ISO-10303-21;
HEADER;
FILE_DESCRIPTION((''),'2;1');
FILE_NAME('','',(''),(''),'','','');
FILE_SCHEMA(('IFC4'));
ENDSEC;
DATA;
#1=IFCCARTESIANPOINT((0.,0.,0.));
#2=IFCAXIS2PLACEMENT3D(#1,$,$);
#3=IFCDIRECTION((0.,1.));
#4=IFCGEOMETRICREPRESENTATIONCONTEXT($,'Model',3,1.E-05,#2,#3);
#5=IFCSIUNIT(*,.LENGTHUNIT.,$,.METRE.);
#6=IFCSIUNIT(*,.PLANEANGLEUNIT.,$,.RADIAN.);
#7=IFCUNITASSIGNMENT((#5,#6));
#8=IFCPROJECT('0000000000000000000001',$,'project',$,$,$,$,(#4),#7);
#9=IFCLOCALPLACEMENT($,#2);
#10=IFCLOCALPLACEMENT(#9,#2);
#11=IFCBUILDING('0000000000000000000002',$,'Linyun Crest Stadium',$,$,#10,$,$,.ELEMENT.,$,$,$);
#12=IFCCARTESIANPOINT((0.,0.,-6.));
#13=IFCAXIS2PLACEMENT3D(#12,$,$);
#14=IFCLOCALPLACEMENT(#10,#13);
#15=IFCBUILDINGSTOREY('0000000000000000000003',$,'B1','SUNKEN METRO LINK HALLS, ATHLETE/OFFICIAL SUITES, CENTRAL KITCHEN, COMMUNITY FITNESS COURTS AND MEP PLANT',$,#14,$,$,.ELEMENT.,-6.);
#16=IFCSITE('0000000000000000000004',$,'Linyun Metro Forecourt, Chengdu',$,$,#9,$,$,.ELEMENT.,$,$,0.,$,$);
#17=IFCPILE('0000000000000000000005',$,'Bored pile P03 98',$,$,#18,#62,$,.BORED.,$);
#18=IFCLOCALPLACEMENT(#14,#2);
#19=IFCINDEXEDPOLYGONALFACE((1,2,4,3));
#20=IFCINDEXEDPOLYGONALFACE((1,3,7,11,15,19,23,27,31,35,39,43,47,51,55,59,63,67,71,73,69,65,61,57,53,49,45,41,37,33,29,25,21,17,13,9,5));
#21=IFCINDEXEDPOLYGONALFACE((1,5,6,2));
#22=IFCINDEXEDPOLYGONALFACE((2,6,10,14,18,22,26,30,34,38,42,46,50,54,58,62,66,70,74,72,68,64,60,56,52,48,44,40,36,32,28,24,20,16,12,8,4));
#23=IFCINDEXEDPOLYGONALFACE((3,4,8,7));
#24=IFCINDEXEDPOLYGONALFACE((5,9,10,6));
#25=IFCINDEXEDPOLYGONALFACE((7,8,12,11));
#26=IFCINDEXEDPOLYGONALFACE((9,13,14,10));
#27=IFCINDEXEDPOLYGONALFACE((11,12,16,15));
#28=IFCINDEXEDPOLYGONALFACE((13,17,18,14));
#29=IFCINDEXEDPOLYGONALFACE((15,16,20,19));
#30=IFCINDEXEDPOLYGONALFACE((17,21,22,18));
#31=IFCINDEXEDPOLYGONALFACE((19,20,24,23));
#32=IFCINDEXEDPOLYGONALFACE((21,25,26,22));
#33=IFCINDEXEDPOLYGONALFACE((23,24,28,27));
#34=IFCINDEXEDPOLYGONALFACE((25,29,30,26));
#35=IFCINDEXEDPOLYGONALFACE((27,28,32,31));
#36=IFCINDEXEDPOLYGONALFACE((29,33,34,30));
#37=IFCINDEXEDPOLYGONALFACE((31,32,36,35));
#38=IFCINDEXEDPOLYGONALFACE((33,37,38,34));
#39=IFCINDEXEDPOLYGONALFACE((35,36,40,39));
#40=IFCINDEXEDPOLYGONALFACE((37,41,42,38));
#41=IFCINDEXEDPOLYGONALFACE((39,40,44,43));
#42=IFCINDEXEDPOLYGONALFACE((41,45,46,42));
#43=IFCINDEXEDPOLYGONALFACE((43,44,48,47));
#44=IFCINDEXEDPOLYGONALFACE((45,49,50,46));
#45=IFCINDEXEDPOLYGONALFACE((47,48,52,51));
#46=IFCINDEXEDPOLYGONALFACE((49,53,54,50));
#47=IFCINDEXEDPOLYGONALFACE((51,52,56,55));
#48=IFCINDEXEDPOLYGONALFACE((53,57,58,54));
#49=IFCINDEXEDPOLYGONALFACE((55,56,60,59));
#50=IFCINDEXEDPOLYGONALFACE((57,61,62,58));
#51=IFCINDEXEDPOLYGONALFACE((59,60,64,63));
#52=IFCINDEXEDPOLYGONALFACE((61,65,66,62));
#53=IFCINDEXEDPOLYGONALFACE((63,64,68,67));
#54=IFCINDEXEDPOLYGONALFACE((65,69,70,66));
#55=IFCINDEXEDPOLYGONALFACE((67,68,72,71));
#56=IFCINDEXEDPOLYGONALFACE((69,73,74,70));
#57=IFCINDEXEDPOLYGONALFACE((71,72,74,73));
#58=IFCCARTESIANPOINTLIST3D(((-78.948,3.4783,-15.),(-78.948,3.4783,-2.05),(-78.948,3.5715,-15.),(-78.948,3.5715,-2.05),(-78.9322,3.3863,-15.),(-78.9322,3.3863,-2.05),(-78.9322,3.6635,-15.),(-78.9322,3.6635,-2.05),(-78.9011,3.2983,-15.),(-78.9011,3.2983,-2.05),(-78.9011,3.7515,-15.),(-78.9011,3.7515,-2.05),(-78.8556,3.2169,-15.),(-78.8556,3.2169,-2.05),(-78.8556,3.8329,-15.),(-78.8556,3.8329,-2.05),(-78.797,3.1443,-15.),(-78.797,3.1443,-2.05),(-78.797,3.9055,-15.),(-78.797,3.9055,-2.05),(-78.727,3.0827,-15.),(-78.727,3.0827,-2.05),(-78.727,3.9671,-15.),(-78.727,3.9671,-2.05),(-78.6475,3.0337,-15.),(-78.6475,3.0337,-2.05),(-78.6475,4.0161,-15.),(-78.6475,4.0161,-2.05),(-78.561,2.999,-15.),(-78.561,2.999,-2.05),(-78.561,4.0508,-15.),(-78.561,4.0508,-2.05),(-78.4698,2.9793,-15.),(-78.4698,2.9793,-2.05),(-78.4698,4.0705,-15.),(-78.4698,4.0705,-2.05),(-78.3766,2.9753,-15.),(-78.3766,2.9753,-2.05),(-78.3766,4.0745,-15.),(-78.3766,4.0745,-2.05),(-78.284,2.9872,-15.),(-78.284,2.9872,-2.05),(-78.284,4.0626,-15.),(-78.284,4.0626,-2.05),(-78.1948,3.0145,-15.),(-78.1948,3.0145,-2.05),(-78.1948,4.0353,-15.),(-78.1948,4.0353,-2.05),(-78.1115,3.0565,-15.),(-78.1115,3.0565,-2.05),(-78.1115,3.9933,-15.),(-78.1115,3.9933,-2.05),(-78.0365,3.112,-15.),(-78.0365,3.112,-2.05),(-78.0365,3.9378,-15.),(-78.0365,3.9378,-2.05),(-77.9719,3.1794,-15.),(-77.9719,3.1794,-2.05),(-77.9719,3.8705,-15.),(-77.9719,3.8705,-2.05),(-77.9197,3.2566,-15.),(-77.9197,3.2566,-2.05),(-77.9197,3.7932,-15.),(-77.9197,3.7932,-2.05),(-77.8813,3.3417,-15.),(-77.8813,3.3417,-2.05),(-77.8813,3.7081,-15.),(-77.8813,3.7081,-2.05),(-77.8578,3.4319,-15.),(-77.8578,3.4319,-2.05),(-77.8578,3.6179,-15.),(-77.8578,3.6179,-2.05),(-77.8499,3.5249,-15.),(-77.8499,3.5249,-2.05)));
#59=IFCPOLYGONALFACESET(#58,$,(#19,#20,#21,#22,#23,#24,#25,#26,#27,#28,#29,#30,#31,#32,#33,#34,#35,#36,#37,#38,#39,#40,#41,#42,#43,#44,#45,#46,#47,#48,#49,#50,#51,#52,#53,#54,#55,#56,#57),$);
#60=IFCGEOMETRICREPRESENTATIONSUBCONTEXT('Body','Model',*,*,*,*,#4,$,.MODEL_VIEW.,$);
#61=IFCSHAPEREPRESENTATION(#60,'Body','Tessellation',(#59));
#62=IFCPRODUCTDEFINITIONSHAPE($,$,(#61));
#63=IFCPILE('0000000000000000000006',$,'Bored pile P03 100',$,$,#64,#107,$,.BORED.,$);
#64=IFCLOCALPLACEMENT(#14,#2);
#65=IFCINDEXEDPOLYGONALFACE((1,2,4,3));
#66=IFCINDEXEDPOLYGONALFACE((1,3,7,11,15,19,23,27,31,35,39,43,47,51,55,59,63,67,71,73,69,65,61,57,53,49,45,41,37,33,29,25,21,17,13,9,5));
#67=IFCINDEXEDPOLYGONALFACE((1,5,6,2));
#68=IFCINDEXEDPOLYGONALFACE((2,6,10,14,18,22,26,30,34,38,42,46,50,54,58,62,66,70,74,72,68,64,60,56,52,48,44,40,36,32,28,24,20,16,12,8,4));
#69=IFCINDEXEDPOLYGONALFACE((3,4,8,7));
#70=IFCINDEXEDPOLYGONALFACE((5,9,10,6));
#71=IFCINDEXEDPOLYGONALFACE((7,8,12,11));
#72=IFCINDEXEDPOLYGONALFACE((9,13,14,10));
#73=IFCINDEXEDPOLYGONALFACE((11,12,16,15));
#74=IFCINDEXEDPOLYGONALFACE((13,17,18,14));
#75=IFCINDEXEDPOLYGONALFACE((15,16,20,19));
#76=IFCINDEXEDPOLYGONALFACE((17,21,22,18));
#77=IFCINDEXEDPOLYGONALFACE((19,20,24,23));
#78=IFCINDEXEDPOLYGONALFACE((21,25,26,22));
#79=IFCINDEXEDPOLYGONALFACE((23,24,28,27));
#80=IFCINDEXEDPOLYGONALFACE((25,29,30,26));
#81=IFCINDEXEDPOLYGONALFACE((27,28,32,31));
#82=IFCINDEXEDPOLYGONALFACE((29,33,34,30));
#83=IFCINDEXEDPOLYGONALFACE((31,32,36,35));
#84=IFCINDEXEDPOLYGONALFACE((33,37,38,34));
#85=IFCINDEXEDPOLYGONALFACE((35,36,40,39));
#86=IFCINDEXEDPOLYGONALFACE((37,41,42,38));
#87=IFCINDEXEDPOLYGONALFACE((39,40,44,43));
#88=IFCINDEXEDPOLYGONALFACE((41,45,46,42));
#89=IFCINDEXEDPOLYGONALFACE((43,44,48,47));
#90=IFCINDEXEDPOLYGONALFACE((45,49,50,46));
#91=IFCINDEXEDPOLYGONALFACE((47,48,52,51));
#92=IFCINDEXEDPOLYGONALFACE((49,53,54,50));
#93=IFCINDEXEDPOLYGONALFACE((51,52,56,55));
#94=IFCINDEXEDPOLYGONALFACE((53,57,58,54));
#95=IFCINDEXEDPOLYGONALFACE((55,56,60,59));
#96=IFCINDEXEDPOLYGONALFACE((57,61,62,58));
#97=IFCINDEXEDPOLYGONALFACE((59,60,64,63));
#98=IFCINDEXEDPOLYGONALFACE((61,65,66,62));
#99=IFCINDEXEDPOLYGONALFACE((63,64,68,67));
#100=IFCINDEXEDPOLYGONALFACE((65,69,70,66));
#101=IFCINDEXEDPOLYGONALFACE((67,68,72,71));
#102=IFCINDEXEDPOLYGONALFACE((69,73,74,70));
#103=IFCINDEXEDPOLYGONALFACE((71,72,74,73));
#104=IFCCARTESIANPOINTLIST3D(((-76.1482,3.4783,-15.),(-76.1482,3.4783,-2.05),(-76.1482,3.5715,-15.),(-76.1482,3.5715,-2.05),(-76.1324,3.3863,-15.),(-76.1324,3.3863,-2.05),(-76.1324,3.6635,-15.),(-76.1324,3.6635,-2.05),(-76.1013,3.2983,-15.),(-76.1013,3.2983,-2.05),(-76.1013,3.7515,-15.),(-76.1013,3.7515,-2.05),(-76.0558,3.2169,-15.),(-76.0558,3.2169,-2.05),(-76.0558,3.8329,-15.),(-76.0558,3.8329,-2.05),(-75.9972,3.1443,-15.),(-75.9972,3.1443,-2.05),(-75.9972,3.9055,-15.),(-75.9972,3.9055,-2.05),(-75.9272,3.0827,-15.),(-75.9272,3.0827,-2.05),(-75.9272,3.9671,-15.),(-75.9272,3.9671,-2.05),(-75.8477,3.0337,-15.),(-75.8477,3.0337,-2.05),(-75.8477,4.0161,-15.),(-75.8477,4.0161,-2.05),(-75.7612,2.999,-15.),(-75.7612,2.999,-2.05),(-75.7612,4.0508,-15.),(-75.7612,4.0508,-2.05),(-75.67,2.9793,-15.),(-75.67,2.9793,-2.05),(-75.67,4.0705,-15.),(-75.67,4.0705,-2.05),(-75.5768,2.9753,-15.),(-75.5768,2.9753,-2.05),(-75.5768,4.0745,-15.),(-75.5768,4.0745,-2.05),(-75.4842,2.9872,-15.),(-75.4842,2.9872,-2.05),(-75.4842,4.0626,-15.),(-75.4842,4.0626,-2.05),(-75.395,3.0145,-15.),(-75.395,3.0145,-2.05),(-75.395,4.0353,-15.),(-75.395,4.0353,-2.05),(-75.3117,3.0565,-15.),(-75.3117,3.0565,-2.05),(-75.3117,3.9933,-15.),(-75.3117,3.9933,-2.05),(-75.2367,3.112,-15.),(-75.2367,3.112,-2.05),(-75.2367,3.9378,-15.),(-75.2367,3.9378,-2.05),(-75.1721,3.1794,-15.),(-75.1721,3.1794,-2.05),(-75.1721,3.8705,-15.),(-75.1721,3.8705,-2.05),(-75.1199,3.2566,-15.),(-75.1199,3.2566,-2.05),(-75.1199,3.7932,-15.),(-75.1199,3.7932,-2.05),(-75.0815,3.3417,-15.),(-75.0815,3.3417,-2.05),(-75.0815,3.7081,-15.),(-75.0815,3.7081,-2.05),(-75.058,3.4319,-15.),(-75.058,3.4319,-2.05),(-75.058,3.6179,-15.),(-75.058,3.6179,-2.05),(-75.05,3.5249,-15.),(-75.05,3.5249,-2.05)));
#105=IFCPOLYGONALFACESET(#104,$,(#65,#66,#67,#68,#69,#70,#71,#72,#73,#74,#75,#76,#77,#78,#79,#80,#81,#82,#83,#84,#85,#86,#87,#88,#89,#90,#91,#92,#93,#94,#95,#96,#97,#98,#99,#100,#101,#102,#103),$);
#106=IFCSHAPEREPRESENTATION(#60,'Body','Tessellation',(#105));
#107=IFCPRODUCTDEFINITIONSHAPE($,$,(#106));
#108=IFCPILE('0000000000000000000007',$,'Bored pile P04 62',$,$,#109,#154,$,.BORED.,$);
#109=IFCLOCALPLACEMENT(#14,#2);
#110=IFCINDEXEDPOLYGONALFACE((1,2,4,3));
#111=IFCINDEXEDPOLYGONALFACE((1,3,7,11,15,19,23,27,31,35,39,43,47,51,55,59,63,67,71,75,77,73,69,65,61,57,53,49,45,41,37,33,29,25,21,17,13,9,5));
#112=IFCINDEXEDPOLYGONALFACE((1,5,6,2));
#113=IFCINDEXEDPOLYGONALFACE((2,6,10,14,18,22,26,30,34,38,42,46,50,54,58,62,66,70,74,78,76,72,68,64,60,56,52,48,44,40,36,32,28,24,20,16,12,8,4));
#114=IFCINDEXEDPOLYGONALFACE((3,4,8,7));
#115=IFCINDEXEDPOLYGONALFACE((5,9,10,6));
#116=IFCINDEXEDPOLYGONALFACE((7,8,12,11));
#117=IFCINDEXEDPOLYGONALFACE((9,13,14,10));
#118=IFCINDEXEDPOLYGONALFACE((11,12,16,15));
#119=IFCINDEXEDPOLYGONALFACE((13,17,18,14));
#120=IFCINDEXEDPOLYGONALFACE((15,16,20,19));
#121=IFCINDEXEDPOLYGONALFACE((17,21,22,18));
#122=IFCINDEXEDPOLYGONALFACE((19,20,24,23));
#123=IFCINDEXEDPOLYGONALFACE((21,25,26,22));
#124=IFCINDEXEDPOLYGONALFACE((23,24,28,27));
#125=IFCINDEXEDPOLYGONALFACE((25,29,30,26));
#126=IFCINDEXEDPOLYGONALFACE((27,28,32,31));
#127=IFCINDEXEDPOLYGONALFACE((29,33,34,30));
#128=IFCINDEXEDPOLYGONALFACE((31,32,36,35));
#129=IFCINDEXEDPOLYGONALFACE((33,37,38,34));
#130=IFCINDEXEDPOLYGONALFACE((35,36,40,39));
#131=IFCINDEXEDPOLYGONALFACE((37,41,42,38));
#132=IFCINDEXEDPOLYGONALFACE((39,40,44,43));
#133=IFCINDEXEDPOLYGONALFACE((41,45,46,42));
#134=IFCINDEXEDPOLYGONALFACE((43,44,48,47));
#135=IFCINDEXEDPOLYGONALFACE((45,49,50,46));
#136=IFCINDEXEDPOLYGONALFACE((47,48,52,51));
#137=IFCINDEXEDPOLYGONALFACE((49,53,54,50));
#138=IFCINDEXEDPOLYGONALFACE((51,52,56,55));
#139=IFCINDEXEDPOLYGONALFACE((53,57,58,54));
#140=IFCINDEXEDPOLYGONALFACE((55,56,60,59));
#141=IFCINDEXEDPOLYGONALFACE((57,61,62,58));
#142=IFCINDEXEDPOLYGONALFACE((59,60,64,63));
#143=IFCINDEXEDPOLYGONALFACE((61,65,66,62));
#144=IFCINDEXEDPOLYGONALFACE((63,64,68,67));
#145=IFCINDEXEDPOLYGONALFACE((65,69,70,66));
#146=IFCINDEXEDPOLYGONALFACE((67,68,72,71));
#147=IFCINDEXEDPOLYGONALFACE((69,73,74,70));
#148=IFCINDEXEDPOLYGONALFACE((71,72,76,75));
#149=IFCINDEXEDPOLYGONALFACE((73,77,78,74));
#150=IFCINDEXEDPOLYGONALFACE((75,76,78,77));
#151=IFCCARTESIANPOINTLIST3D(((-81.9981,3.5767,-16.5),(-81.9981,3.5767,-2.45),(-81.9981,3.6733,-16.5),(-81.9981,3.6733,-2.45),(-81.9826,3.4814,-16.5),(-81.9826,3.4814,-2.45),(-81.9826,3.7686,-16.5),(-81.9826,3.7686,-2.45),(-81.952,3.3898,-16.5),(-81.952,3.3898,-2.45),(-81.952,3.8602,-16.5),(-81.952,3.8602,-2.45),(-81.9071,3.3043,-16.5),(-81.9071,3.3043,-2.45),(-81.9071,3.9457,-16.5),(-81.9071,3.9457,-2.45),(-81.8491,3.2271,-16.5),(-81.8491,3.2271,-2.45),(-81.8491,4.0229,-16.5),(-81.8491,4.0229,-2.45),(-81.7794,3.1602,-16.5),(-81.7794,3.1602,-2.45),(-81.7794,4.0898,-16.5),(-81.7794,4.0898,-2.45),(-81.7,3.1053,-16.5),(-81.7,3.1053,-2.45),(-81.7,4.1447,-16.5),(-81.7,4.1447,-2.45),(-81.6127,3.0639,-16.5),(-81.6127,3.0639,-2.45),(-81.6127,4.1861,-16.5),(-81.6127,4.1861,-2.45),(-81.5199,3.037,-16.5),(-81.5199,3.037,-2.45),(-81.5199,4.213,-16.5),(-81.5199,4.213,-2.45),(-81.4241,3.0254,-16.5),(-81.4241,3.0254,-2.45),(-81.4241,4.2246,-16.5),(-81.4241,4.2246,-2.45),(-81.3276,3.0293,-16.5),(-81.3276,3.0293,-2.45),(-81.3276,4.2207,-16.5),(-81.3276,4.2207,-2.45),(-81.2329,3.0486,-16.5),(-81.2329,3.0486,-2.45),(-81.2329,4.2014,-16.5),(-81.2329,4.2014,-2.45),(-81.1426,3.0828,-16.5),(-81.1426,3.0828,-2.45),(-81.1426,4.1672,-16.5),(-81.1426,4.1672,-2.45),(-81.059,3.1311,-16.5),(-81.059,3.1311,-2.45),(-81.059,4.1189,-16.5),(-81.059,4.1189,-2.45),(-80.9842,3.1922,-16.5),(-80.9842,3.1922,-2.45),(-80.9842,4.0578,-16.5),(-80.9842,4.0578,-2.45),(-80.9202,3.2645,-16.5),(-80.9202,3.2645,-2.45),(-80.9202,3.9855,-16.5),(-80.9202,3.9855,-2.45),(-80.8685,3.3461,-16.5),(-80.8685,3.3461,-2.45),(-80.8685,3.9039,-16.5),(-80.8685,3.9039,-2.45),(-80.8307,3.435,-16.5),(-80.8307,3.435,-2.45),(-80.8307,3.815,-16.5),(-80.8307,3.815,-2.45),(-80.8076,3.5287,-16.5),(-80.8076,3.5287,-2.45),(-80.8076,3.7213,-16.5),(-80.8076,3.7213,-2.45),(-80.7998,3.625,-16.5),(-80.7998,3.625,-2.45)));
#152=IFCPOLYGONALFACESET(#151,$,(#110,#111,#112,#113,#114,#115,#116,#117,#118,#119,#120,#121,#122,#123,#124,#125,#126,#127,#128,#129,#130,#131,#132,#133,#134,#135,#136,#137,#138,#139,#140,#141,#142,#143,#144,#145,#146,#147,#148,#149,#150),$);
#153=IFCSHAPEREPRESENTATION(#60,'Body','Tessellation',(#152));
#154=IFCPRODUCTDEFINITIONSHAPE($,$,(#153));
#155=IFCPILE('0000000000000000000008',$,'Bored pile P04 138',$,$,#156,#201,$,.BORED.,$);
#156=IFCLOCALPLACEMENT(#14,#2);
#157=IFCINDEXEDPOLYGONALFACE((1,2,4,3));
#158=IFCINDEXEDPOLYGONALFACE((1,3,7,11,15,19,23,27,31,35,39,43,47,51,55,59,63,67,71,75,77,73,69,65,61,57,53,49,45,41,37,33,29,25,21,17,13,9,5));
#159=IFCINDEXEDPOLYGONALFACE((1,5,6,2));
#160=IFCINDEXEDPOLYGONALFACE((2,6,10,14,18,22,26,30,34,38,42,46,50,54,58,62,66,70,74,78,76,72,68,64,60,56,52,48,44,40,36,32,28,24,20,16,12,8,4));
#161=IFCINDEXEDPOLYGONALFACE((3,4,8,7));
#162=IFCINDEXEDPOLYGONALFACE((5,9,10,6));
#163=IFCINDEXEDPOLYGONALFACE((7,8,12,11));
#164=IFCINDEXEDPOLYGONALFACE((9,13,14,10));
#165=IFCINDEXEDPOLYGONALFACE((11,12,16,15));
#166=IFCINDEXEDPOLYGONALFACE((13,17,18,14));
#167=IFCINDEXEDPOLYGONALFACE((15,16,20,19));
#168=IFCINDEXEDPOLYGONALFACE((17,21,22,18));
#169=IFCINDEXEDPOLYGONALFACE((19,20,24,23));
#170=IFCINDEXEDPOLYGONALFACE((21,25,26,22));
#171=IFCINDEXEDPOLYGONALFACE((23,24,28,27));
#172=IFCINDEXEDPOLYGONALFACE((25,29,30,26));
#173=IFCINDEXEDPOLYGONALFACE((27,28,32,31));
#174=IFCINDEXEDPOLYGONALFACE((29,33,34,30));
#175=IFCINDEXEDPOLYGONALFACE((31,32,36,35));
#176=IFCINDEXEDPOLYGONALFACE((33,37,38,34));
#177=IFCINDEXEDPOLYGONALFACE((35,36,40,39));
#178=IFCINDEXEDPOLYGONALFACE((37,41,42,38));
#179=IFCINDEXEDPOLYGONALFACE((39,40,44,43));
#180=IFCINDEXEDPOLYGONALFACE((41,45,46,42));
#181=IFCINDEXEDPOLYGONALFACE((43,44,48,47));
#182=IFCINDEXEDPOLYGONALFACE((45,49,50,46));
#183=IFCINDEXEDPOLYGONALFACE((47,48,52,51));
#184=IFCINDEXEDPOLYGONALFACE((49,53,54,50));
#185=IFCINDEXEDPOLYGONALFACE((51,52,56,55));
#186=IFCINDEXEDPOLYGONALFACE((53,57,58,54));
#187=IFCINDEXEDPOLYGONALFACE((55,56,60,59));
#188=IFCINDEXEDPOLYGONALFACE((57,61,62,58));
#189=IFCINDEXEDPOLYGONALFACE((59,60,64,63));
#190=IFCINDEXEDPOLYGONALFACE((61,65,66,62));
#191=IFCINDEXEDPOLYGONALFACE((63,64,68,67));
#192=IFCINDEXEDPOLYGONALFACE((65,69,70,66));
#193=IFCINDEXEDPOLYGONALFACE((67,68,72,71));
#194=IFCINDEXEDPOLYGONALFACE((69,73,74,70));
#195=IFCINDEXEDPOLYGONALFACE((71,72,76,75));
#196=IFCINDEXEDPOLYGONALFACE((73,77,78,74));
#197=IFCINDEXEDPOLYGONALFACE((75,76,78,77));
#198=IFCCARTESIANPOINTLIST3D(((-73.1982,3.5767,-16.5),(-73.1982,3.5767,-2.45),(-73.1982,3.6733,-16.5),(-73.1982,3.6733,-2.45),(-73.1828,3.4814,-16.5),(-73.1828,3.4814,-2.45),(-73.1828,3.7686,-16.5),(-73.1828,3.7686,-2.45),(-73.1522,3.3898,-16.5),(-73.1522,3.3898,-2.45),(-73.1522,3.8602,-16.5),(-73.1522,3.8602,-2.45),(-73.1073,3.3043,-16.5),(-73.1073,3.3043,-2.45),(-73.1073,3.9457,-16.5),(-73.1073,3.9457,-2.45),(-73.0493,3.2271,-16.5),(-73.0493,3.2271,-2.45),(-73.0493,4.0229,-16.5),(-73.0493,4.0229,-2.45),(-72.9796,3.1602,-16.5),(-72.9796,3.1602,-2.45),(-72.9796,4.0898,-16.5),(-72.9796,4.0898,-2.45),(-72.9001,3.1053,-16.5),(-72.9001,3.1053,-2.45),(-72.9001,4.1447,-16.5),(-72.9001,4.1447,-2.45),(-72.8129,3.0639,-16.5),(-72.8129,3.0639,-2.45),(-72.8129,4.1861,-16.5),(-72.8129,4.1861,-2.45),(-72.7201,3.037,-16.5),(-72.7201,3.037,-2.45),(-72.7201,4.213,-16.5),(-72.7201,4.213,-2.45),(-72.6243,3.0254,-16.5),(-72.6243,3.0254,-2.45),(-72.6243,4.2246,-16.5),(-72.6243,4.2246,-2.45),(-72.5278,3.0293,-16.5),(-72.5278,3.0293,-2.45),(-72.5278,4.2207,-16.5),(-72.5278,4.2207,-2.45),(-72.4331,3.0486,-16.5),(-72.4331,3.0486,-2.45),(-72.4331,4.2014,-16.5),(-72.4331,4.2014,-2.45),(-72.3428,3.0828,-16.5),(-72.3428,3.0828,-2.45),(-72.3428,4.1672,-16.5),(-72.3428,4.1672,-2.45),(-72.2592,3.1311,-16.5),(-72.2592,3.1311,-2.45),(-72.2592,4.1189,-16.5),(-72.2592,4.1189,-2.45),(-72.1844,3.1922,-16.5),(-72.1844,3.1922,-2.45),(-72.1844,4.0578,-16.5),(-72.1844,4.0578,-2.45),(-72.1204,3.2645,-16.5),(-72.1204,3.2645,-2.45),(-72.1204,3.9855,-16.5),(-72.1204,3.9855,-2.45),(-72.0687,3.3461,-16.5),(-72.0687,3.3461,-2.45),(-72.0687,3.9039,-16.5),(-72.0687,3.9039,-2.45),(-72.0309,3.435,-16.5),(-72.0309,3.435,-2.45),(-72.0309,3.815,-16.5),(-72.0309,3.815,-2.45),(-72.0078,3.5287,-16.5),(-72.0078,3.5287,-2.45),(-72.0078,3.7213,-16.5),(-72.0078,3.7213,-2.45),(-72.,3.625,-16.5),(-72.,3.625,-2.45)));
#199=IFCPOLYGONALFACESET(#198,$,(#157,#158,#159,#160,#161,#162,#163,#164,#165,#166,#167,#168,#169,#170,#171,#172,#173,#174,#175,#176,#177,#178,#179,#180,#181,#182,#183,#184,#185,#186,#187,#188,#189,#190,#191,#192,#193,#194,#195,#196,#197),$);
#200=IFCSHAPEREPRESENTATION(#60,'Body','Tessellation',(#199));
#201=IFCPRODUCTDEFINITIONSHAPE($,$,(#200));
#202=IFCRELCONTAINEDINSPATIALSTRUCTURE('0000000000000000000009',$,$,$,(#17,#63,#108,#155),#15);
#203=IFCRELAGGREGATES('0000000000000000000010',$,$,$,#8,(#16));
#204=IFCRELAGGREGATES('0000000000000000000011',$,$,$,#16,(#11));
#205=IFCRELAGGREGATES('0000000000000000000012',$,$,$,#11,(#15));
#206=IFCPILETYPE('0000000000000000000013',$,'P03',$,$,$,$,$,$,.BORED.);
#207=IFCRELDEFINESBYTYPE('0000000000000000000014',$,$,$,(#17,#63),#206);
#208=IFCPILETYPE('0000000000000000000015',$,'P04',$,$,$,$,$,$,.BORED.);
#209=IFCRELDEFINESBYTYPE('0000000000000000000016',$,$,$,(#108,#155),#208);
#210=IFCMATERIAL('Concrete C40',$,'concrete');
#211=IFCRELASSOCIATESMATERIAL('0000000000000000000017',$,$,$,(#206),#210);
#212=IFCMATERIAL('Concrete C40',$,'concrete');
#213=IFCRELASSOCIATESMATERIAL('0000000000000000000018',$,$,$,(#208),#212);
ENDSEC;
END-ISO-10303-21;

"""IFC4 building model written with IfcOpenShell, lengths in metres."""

from ifc_helpers import new_model, si_unit, direction, frame, origin, origin_2d, place, context, subcontext, project, spatial, circle, extrude, material, material_profile, profile_set, type_object, element, save


model = new_model("IFC4")

# Units and contexts
model_context = context("Model", 3, precision=1e-05, world=origin(), true_north=direction((0.0, 1.0)))
body_context = subcontext(model_context, "Body", "Model", "MODEL_VIEW")
ifc_project = project(units=[si_unit("LENGTHUNIT", "METRE"), si_unit("PLANEANGLEUNIT", "RADIAN")], contexts=[model_context])

# Site, building, storey
site_placement = place(None, origin())
site = spatial("IfcSite", under=ifc_project, at=site_placement, Name="Linyun Metro Forecourt, Chengdu", CompositionType="ELEMENT", RefElevation=0.0)
building_placement = place(site_placement, origin())
building = spatial("IfcBuilding", under=site, at=building_placement, Name="Linyun Crest Stadium", CompositionType="ELEMENT")
storey_placement = place(building_placement, frame((0.0, 0.0, -6.0)))
storey = spatial("IfcBuildingStorey", under=building, at=storey_placement, Name="B1", Description="SUNKEN METRO LINK HALLS, ATHLETE/OFFICIAL SUITES, CENTRAL KITCHEN, COMMUNITY FITNESS COURTS AND MEP PLANT", CompositionType="ELEMENT", Elevation=-6.0)

# Piles
ifc_material_1 = material(Name="Concrete C40", Category="concrete")
ifc_material_profile_1 = material_profile(ifc_material_1, circle(Radius=0.55, at=origin_2d()), Name="BORED PILE 1100")
ifc_profile_set_1 = profile_set([ifc_material_profile_1], Name="Concrete C40")
pile_type_1 = type_object("IfcPileType", Name="P03", PredefinedType="BORED", material=ifc_profile_set_1)
for number, where, z_axis, x_axis, name in (
    (1, (-78.3999, 3.5249, -2.05), (0.0, 0.0, -1.0), (1.0, 0.0, 0.0), "Bored pile P03 98"),
    (2, (-75.6001, 3.5249, -2.05), (0.0, 0.0, -1.0), (1.0, 0.0, 0.0), "Bored pile P03 100"),
):
    element("IfcPile", number, at=place(storey_placement, frame(where, z_axis=z_axis, x_axis=x_axis)), inside=storey, type_object=pile_type_1, Name=name, PredefinedType="BORED", context=body_context, shape_type="SweptSolid", body=[
        extrude(circle(Radius=0.55, at=origin_2d()), origin(), (0.0, 0.0, 1.0), 12.95),
    ])
ifc_material_2 = material(Name="Concrete C40", Category="concrete")
ifc_material_profile_2 = material_profile(ifc_material_2, circle(Radius=0.6001, at=origin_2d()), Name="BORED PILE 1200")
ifc_profile_set_2 = profile_set([ifc_material_profile_2], Name="Concrete C40")
pile_type_2 = type_object("IfcPileType", Name="P04", PredefinedType="BORED", material=ifc_profile_set_2)
for number, where, z_axis, x_axis, name in (
    (3, (-81.3999, 3.625, -2.45), (0.0, 0.0, -1.0), (1.0, 0.0, 0.0), "Bored pile P04 62"),
    (4, (-72.6001, 3.625, -2.45), (0.0, 0.0, -1.0), (1.0, 0.0, 0.0), "Bored pile P04 138"),
):
    element("IfcPile", number, at=place(storey_placement, frame(where, z_axis=z_axis, x_axis=x_axis)), inside=storey, type_object=pile_type_2, Name=name, PredefinedType="BORED", context=body_context, shape_type="SweptSolid", body=[
        extrude(circle(Radius=0.6001, at=origin_2d()), origin(), (0.0, 0.0, 1.0), 14.05),
    ])

save(model, "model.ifc")
